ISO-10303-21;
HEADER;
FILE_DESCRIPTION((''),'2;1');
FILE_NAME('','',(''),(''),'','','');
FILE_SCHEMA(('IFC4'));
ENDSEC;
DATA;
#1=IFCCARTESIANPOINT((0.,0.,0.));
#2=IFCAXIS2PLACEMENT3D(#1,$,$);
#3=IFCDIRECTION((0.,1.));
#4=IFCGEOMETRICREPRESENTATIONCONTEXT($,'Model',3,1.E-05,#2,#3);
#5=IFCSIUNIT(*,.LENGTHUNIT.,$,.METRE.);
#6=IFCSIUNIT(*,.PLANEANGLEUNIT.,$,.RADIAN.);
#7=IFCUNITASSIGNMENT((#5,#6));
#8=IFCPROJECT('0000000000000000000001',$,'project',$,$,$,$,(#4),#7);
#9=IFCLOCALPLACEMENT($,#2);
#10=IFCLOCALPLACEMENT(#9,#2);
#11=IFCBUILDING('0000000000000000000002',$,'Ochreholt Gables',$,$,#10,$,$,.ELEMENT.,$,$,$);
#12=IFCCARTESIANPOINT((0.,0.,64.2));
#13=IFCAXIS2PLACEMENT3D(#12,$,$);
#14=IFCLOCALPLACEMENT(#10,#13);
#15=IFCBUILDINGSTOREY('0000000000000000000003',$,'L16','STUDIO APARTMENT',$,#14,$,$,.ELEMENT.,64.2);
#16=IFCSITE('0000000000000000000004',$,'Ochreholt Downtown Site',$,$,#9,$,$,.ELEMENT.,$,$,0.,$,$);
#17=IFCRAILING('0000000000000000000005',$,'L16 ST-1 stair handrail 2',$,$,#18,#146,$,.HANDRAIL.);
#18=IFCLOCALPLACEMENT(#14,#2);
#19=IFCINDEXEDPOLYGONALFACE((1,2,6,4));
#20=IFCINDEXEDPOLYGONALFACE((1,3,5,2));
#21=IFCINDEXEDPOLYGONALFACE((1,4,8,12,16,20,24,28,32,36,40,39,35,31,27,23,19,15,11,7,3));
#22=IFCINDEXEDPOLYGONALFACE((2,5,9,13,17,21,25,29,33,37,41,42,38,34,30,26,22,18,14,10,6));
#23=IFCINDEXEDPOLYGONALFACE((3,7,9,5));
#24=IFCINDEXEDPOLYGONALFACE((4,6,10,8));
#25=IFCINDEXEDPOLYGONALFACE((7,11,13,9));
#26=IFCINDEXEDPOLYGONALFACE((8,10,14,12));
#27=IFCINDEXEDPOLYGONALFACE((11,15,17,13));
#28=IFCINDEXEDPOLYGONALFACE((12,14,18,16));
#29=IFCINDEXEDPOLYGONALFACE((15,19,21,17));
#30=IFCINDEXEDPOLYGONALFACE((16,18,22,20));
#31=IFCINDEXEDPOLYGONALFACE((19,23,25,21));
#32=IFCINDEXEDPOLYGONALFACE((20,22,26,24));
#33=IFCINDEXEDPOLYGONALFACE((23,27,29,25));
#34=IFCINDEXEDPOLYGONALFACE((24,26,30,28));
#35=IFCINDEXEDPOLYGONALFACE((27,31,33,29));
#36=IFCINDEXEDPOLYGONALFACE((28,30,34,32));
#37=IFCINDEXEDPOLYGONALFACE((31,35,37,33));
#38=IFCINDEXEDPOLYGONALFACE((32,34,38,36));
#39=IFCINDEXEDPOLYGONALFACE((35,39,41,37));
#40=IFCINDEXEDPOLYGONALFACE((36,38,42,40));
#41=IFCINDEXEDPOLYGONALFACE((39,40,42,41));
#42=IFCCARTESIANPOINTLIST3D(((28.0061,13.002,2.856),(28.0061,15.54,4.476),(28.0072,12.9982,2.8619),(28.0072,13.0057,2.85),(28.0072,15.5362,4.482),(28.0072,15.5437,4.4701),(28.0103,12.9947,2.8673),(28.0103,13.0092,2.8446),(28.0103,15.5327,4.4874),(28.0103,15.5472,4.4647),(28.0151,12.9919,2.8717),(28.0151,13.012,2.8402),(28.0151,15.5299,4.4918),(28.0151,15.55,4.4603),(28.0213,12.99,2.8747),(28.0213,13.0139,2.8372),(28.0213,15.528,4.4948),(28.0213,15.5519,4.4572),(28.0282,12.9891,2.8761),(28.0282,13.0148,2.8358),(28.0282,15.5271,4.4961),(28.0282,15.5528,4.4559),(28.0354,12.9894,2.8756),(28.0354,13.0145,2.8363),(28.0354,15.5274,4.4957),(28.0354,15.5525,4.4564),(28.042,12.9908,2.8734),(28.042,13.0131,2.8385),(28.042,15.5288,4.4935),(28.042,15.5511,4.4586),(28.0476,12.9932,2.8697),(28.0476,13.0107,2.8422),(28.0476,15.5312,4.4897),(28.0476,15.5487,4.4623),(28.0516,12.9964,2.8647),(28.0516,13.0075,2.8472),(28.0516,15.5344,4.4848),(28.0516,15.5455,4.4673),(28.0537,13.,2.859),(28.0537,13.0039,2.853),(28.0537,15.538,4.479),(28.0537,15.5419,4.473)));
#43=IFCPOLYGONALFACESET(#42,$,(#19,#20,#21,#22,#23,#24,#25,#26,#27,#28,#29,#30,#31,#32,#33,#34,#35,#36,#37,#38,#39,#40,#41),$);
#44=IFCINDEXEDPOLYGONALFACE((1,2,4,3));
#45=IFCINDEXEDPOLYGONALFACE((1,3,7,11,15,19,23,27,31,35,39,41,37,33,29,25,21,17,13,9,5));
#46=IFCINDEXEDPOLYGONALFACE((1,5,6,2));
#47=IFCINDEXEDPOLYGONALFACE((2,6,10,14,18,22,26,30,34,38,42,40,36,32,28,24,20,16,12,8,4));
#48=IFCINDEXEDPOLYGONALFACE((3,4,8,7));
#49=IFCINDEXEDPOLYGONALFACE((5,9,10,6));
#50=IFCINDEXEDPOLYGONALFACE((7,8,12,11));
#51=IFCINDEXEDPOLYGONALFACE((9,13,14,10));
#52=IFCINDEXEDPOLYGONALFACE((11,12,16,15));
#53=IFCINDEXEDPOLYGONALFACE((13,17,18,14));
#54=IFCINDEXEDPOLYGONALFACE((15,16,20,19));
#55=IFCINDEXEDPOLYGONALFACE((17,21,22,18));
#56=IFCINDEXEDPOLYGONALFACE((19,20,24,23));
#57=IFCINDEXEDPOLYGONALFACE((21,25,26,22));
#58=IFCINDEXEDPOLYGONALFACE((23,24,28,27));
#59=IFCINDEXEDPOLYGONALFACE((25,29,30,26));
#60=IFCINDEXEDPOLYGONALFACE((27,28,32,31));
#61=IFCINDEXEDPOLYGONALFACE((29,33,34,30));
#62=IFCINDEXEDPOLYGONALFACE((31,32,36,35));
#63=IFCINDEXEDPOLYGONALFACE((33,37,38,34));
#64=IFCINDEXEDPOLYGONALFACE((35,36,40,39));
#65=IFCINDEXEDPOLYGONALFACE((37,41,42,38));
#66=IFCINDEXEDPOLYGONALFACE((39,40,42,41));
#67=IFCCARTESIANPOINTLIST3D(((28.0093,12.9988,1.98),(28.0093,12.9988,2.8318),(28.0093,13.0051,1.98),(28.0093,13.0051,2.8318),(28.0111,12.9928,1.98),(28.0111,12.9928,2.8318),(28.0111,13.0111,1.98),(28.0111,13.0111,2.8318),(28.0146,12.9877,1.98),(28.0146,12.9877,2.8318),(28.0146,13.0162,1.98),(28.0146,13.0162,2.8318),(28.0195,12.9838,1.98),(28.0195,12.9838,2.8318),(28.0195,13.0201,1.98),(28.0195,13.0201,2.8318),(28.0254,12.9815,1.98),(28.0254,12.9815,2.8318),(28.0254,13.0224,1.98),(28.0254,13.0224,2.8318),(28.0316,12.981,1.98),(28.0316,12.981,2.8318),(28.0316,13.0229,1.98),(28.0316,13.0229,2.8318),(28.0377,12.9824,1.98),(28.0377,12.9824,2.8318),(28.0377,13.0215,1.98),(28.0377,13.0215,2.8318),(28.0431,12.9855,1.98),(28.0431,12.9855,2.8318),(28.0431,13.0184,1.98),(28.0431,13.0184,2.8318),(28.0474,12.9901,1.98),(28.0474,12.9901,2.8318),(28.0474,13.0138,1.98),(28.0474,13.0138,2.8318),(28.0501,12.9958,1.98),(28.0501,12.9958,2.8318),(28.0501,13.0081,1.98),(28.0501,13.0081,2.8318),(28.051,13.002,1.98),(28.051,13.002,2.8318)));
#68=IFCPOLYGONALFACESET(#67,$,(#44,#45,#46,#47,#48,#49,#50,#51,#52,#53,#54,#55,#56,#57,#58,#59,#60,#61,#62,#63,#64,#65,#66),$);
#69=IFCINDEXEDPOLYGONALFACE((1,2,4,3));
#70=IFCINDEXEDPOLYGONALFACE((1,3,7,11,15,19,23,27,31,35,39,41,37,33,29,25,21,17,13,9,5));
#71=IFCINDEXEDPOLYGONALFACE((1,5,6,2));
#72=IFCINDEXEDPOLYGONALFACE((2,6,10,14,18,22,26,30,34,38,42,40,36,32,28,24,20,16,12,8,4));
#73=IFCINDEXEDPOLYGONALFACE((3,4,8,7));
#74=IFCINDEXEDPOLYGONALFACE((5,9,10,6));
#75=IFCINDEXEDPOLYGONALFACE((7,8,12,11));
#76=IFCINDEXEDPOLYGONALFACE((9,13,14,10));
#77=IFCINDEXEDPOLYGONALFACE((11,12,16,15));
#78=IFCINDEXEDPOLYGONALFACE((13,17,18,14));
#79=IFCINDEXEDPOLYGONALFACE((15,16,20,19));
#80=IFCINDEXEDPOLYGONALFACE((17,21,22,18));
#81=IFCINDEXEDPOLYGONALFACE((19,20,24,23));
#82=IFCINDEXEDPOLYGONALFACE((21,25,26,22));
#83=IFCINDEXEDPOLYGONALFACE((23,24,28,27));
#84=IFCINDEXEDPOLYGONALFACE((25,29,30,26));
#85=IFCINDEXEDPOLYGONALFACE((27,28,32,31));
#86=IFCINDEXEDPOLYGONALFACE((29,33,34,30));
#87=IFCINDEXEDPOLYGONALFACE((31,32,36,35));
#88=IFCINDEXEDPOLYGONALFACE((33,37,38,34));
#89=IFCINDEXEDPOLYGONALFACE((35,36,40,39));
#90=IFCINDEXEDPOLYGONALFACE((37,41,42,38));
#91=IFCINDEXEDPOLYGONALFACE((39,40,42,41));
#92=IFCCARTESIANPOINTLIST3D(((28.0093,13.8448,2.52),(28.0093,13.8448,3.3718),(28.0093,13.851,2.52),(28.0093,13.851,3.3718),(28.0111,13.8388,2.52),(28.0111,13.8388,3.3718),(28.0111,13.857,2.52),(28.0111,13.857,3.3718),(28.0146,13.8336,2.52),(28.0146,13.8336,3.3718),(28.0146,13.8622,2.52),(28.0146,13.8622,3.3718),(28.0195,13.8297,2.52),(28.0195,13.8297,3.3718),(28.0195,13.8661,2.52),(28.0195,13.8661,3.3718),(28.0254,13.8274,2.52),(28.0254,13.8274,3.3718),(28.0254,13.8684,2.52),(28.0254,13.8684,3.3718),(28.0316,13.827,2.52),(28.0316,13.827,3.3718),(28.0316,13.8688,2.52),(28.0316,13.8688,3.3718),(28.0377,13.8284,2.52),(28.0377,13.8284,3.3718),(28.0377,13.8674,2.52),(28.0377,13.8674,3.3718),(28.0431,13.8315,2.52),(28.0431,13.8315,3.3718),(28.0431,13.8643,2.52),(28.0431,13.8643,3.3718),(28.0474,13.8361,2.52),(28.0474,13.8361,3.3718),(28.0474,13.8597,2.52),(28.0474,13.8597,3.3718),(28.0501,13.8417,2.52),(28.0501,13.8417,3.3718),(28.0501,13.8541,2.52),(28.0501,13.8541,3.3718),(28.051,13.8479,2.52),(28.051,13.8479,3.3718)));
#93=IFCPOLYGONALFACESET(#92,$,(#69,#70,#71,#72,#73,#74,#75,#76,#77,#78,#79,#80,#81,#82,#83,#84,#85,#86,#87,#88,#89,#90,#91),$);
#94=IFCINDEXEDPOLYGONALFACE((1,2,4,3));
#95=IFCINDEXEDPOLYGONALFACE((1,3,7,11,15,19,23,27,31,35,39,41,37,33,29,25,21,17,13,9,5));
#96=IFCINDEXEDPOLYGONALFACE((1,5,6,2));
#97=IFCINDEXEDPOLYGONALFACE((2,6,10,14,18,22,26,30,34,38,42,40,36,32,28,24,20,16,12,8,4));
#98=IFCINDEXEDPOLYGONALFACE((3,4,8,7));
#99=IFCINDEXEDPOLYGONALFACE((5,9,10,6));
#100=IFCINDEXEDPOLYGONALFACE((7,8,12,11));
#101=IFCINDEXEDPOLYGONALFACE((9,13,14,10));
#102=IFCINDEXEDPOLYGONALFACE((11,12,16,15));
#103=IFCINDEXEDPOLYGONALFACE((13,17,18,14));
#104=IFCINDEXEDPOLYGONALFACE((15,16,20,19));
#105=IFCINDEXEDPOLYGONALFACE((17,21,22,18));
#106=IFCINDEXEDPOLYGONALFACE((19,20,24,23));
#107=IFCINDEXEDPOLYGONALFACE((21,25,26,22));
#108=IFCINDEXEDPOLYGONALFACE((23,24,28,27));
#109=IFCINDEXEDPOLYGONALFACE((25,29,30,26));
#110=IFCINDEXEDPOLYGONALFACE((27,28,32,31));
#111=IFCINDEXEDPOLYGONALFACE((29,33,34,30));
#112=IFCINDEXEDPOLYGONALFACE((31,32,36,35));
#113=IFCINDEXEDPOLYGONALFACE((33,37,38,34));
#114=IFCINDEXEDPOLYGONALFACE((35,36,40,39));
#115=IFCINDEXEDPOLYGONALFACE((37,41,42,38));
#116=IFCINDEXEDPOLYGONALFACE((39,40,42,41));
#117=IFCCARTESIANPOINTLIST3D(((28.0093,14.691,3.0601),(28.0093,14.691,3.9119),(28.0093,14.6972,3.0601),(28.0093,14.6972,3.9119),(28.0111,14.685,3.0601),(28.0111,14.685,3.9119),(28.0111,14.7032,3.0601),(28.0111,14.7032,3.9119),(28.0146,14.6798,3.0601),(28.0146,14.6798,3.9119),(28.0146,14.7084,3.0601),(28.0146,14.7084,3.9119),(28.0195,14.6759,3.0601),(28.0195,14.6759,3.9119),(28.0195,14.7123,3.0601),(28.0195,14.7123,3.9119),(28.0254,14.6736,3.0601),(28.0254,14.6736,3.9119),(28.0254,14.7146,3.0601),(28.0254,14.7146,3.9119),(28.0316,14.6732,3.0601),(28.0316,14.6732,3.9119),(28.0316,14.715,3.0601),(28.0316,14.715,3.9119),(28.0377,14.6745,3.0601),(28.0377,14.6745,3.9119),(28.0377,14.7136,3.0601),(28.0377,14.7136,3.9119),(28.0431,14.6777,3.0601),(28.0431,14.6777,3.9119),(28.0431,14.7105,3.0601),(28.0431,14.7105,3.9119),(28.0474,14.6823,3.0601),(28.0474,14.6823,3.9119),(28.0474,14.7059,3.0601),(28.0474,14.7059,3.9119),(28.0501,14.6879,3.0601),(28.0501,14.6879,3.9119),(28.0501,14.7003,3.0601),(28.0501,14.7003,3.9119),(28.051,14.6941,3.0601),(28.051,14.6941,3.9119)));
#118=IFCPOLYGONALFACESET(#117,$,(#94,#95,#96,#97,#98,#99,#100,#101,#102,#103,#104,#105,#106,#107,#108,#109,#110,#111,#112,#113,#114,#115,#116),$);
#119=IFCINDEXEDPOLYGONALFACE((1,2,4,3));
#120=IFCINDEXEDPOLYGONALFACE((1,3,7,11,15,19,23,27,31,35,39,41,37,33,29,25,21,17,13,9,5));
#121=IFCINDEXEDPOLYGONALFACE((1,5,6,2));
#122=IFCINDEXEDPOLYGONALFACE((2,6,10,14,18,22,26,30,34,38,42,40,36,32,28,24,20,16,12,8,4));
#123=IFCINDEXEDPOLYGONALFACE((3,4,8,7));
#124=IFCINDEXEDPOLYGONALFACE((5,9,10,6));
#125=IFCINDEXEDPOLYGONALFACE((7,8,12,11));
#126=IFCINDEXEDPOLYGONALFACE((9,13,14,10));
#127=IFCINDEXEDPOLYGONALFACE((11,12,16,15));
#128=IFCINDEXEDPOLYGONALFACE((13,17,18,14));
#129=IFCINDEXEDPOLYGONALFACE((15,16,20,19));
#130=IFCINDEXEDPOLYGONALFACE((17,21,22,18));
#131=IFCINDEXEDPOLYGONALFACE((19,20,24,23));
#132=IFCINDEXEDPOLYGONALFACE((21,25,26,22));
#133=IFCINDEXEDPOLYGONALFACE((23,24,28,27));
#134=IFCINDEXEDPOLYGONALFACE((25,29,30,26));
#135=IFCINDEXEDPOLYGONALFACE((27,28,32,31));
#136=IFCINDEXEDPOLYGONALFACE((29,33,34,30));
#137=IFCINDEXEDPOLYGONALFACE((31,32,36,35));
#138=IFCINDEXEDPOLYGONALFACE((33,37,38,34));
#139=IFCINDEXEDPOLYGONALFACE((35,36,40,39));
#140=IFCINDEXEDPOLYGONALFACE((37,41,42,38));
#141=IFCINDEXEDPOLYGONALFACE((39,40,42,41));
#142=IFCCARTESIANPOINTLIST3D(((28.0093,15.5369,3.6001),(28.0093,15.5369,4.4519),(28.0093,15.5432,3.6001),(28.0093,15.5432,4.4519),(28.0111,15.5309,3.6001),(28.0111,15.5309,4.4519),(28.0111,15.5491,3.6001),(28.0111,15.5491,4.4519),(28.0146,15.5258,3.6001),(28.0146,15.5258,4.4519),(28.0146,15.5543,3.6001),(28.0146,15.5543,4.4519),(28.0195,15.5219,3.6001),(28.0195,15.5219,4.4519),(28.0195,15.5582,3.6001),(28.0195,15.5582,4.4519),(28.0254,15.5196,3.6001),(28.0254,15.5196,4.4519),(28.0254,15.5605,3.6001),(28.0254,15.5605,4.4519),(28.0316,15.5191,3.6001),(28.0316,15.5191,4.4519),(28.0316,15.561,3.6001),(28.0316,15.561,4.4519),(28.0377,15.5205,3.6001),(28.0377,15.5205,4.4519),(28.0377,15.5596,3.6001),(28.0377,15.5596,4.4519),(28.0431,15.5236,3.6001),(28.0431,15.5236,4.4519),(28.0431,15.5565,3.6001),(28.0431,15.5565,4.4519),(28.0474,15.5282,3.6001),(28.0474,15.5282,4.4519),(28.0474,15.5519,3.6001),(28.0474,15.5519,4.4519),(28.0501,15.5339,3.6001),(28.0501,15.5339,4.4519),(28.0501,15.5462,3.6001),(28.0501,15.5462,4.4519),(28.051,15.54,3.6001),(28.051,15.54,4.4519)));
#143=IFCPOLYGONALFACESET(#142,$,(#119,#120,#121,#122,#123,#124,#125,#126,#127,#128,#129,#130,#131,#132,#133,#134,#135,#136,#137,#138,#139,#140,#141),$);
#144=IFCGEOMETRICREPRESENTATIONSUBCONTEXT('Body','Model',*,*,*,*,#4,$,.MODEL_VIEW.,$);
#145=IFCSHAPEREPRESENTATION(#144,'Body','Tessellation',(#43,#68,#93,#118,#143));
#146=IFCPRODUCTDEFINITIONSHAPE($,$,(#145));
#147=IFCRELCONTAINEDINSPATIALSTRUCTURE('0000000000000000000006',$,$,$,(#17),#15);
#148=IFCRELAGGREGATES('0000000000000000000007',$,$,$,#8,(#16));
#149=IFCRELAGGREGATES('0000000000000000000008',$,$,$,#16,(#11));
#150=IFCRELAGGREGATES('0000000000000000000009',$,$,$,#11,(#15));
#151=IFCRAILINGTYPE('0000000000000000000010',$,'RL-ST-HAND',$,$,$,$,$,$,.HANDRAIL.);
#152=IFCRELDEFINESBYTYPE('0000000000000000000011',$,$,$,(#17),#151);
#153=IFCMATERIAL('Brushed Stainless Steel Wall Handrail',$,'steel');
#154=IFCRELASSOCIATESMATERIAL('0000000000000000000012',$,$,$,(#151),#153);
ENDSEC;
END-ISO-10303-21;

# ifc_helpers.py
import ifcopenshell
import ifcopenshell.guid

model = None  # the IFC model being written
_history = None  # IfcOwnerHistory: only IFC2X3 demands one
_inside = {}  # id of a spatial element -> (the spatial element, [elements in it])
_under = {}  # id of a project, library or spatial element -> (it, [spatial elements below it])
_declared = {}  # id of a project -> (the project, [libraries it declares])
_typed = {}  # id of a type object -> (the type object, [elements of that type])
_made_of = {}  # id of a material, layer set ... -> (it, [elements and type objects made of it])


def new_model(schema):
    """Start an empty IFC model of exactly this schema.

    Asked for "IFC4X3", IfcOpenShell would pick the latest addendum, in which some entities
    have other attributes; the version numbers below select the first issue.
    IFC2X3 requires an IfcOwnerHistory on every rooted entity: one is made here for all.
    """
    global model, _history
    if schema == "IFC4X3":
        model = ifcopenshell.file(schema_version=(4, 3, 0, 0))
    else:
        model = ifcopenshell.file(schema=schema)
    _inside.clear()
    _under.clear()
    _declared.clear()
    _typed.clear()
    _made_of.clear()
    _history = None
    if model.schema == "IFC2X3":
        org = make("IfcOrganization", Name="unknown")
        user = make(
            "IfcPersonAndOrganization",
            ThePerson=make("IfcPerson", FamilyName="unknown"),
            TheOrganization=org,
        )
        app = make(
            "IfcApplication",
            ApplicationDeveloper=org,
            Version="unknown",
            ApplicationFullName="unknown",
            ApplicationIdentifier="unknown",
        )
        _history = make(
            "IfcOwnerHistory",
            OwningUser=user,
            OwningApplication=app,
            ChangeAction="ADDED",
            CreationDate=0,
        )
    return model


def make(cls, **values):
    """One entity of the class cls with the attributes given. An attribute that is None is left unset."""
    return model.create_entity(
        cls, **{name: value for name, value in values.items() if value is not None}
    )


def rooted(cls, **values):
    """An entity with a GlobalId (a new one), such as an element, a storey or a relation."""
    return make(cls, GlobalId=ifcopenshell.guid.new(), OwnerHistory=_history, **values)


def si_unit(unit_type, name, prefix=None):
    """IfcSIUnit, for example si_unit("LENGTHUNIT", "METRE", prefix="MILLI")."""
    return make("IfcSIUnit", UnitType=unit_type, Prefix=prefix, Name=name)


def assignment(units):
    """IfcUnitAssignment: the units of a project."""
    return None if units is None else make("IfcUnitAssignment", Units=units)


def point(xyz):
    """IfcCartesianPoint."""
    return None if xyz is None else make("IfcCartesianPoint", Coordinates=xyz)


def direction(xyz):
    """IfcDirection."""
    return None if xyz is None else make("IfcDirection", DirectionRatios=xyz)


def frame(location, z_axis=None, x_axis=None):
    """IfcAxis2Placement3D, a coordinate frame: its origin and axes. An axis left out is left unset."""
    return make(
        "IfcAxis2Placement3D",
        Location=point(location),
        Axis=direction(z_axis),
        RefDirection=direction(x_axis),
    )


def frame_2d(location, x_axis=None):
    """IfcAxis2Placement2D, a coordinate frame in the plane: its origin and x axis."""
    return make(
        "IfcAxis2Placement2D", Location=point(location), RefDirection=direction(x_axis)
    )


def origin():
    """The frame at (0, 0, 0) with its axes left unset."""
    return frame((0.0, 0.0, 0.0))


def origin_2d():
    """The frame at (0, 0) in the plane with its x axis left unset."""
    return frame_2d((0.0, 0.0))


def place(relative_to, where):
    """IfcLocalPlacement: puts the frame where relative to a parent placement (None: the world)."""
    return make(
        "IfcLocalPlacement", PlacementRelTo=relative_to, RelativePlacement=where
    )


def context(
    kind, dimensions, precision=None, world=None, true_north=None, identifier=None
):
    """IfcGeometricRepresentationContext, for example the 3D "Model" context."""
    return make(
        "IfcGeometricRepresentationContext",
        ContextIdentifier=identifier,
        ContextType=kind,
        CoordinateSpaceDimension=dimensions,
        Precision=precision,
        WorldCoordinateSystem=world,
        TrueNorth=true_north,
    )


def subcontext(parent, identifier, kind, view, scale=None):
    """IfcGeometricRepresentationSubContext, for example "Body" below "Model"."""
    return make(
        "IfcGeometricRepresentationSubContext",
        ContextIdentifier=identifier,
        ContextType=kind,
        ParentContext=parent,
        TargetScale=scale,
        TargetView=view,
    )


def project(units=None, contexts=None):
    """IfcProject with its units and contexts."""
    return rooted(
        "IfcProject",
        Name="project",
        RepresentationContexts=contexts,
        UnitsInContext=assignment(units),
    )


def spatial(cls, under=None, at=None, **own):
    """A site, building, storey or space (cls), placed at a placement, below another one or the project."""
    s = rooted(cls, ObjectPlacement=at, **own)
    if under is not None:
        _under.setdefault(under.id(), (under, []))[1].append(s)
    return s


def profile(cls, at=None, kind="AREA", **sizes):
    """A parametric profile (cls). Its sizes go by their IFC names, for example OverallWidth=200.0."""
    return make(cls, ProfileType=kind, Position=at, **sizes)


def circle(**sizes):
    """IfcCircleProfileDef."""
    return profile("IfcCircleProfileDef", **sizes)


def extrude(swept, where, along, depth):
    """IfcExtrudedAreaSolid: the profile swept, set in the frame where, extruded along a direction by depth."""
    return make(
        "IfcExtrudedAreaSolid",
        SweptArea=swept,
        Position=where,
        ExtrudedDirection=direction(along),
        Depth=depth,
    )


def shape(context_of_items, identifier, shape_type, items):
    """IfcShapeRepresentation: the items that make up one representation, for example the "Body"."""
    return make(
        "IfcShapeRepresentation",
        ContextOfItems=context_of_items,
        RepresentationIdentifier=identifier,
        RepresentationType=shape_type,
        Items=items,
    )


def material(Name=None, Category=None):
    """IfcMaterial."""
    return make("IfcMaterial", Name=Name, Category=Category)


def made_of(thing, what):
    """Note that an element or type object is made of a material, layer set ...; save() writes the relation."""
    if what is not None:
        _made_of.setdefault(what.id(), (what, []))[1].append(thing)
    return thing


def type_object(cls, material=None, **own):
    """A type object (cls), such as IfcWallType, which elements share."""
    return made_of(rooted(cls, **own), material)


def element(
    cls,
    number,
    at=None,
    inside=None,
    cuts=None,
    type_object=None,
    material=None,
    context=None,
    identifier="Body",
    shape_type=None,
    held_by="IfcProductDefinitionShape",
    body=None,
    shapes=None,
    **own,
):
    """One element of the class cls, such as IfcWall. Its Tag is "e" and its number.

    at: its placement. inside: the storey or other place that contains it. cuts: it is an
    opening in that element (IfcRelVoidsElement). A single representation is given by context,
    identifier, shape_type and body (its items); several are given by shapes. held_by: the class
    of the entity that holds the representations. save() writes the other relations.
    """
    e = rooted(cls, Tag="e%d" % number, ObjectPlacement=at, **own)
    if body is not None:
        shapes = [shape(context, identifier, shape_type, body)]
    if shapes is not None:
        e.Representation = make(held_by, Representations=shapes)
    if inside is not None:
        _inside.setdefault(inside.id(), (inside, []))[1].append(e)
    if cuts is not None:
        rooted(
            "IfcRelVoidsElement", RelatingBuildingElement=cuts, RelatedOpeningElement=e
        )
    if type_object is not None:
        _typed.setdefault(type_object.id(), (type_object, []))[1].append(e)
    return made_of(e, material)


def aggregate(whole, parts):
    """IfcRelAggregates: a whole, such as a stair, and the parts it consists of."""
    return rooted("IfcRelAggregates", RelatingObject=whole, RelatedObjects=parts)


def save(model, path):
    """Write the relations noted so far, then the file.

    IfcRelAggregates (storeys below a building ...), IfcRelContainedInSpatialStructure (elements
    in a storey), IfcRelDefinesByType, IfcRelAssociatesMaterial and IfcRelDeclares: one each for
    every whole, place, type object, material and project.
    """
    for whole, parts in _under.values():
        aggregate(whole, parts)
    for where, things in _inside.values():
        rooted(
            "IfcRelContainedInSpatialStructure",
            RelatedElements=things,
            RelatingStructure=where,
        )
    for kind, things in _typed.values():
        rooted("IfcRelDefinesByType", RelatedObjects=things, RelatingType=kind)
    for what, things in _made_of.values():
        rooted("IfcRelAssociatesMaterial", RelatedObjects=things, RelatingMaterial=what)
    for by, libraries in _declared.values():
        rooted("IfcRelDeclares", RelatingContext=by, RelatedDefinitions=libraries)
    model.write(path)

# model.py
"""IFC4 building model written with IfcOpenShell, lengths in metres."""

from ifc_helpers import new_model, si_unit, direction, frame, origin, origin_2d, place, context, subcontext, project, spatial, circle, extrude, material, type_object, element, save


model = new_model("IFC4")

# Units and contexts
model_context = context("Model", 3, precision=1e-05, world=origin(), true_north=direction((0.0, 1.0)))
body_context = subcontext(model_context, "Body", "Model", "MODEL_VIEW")
ifc_project = project(units=[si_unit("LENGTHUNIT", "METRE"), si_unit("PLANEANGLEUNIT", "RADIAN")], contexts=[model_context])

# Site, building, storey
site_placement = place(None, origin())
site = spatial("IfcSite", under=ifc_project, at=site_placement, Name="Ochreholt Downtown Site", CompositionType="ELEMENT", RefElevation=0.0)
building_placement = place(site_placement, origin())
building = spatial("IfcBuilding", under=site, at=building_placement, Name="Ochreholt Gables", CompositionType="ELEMENT")
storey_placement = place(building_placement, frame((0.0, 0.0, 64.2)))
storey = spatial("IfcBuildingStorey", under=building, at=storey_placement, Name="L16", Description="STUDIO APARTMENT", CompositionType="ELEMENT", Elevation=64.2)

# Railing
ifc_material_1 = material(Name="Brushed Stainless Steel Wall Handrail", Category="steel")
railing_type_1 = type_object("IfcRailingType", Name="RL-ST-HAND", PredefinedType="HANDRAIL", material=ifc_material_1)
railing_1_placement = place(storey_placement, frame((28.03, 13.002, 1.98)))
element("IfcRailing", 1, at=railing_1_placement, inside=storey, type_object=railing_type_1, Name="L16 ST-1 stair handrail 2", PredefinedType="HANDRAIL", context=body_context, shape_type="SweptSolid", body=[
    extrude(circle(Radius=0.0239, at=origin_2d()), frame((0.0, 0.0, 0.876), z_axis=(0.0, 0.842913, 0.53805), x_axis=(-1.0, 0.0, 0.0)), (0.0, 0.0, 1.0), 3.011),
    extrude(circle(Radius=0.021, at=origin_2d()), origin(), (0.0, 0.0, 1.0), 0.8518),
    extrude(circle(Radius=0.021, at=origin_2d()), frame((0.0, 0.8459, 0.54)), (0.0, 0.0, 1.0), 0.8518),
    extrude(circle(Radius=0.021, at=origin_2d()), frame((0.0, 1.6921, 1.0801)), (0.0, 0.0, 1.0), 0.8518),
    extrude(circle(Radius=0.021, at=origin_2d()), frame((0.0, 2.5381, 1.6201)), (0.0, 0.0, 1.0), 0.8518),
])

save(model, "model.ifc")
